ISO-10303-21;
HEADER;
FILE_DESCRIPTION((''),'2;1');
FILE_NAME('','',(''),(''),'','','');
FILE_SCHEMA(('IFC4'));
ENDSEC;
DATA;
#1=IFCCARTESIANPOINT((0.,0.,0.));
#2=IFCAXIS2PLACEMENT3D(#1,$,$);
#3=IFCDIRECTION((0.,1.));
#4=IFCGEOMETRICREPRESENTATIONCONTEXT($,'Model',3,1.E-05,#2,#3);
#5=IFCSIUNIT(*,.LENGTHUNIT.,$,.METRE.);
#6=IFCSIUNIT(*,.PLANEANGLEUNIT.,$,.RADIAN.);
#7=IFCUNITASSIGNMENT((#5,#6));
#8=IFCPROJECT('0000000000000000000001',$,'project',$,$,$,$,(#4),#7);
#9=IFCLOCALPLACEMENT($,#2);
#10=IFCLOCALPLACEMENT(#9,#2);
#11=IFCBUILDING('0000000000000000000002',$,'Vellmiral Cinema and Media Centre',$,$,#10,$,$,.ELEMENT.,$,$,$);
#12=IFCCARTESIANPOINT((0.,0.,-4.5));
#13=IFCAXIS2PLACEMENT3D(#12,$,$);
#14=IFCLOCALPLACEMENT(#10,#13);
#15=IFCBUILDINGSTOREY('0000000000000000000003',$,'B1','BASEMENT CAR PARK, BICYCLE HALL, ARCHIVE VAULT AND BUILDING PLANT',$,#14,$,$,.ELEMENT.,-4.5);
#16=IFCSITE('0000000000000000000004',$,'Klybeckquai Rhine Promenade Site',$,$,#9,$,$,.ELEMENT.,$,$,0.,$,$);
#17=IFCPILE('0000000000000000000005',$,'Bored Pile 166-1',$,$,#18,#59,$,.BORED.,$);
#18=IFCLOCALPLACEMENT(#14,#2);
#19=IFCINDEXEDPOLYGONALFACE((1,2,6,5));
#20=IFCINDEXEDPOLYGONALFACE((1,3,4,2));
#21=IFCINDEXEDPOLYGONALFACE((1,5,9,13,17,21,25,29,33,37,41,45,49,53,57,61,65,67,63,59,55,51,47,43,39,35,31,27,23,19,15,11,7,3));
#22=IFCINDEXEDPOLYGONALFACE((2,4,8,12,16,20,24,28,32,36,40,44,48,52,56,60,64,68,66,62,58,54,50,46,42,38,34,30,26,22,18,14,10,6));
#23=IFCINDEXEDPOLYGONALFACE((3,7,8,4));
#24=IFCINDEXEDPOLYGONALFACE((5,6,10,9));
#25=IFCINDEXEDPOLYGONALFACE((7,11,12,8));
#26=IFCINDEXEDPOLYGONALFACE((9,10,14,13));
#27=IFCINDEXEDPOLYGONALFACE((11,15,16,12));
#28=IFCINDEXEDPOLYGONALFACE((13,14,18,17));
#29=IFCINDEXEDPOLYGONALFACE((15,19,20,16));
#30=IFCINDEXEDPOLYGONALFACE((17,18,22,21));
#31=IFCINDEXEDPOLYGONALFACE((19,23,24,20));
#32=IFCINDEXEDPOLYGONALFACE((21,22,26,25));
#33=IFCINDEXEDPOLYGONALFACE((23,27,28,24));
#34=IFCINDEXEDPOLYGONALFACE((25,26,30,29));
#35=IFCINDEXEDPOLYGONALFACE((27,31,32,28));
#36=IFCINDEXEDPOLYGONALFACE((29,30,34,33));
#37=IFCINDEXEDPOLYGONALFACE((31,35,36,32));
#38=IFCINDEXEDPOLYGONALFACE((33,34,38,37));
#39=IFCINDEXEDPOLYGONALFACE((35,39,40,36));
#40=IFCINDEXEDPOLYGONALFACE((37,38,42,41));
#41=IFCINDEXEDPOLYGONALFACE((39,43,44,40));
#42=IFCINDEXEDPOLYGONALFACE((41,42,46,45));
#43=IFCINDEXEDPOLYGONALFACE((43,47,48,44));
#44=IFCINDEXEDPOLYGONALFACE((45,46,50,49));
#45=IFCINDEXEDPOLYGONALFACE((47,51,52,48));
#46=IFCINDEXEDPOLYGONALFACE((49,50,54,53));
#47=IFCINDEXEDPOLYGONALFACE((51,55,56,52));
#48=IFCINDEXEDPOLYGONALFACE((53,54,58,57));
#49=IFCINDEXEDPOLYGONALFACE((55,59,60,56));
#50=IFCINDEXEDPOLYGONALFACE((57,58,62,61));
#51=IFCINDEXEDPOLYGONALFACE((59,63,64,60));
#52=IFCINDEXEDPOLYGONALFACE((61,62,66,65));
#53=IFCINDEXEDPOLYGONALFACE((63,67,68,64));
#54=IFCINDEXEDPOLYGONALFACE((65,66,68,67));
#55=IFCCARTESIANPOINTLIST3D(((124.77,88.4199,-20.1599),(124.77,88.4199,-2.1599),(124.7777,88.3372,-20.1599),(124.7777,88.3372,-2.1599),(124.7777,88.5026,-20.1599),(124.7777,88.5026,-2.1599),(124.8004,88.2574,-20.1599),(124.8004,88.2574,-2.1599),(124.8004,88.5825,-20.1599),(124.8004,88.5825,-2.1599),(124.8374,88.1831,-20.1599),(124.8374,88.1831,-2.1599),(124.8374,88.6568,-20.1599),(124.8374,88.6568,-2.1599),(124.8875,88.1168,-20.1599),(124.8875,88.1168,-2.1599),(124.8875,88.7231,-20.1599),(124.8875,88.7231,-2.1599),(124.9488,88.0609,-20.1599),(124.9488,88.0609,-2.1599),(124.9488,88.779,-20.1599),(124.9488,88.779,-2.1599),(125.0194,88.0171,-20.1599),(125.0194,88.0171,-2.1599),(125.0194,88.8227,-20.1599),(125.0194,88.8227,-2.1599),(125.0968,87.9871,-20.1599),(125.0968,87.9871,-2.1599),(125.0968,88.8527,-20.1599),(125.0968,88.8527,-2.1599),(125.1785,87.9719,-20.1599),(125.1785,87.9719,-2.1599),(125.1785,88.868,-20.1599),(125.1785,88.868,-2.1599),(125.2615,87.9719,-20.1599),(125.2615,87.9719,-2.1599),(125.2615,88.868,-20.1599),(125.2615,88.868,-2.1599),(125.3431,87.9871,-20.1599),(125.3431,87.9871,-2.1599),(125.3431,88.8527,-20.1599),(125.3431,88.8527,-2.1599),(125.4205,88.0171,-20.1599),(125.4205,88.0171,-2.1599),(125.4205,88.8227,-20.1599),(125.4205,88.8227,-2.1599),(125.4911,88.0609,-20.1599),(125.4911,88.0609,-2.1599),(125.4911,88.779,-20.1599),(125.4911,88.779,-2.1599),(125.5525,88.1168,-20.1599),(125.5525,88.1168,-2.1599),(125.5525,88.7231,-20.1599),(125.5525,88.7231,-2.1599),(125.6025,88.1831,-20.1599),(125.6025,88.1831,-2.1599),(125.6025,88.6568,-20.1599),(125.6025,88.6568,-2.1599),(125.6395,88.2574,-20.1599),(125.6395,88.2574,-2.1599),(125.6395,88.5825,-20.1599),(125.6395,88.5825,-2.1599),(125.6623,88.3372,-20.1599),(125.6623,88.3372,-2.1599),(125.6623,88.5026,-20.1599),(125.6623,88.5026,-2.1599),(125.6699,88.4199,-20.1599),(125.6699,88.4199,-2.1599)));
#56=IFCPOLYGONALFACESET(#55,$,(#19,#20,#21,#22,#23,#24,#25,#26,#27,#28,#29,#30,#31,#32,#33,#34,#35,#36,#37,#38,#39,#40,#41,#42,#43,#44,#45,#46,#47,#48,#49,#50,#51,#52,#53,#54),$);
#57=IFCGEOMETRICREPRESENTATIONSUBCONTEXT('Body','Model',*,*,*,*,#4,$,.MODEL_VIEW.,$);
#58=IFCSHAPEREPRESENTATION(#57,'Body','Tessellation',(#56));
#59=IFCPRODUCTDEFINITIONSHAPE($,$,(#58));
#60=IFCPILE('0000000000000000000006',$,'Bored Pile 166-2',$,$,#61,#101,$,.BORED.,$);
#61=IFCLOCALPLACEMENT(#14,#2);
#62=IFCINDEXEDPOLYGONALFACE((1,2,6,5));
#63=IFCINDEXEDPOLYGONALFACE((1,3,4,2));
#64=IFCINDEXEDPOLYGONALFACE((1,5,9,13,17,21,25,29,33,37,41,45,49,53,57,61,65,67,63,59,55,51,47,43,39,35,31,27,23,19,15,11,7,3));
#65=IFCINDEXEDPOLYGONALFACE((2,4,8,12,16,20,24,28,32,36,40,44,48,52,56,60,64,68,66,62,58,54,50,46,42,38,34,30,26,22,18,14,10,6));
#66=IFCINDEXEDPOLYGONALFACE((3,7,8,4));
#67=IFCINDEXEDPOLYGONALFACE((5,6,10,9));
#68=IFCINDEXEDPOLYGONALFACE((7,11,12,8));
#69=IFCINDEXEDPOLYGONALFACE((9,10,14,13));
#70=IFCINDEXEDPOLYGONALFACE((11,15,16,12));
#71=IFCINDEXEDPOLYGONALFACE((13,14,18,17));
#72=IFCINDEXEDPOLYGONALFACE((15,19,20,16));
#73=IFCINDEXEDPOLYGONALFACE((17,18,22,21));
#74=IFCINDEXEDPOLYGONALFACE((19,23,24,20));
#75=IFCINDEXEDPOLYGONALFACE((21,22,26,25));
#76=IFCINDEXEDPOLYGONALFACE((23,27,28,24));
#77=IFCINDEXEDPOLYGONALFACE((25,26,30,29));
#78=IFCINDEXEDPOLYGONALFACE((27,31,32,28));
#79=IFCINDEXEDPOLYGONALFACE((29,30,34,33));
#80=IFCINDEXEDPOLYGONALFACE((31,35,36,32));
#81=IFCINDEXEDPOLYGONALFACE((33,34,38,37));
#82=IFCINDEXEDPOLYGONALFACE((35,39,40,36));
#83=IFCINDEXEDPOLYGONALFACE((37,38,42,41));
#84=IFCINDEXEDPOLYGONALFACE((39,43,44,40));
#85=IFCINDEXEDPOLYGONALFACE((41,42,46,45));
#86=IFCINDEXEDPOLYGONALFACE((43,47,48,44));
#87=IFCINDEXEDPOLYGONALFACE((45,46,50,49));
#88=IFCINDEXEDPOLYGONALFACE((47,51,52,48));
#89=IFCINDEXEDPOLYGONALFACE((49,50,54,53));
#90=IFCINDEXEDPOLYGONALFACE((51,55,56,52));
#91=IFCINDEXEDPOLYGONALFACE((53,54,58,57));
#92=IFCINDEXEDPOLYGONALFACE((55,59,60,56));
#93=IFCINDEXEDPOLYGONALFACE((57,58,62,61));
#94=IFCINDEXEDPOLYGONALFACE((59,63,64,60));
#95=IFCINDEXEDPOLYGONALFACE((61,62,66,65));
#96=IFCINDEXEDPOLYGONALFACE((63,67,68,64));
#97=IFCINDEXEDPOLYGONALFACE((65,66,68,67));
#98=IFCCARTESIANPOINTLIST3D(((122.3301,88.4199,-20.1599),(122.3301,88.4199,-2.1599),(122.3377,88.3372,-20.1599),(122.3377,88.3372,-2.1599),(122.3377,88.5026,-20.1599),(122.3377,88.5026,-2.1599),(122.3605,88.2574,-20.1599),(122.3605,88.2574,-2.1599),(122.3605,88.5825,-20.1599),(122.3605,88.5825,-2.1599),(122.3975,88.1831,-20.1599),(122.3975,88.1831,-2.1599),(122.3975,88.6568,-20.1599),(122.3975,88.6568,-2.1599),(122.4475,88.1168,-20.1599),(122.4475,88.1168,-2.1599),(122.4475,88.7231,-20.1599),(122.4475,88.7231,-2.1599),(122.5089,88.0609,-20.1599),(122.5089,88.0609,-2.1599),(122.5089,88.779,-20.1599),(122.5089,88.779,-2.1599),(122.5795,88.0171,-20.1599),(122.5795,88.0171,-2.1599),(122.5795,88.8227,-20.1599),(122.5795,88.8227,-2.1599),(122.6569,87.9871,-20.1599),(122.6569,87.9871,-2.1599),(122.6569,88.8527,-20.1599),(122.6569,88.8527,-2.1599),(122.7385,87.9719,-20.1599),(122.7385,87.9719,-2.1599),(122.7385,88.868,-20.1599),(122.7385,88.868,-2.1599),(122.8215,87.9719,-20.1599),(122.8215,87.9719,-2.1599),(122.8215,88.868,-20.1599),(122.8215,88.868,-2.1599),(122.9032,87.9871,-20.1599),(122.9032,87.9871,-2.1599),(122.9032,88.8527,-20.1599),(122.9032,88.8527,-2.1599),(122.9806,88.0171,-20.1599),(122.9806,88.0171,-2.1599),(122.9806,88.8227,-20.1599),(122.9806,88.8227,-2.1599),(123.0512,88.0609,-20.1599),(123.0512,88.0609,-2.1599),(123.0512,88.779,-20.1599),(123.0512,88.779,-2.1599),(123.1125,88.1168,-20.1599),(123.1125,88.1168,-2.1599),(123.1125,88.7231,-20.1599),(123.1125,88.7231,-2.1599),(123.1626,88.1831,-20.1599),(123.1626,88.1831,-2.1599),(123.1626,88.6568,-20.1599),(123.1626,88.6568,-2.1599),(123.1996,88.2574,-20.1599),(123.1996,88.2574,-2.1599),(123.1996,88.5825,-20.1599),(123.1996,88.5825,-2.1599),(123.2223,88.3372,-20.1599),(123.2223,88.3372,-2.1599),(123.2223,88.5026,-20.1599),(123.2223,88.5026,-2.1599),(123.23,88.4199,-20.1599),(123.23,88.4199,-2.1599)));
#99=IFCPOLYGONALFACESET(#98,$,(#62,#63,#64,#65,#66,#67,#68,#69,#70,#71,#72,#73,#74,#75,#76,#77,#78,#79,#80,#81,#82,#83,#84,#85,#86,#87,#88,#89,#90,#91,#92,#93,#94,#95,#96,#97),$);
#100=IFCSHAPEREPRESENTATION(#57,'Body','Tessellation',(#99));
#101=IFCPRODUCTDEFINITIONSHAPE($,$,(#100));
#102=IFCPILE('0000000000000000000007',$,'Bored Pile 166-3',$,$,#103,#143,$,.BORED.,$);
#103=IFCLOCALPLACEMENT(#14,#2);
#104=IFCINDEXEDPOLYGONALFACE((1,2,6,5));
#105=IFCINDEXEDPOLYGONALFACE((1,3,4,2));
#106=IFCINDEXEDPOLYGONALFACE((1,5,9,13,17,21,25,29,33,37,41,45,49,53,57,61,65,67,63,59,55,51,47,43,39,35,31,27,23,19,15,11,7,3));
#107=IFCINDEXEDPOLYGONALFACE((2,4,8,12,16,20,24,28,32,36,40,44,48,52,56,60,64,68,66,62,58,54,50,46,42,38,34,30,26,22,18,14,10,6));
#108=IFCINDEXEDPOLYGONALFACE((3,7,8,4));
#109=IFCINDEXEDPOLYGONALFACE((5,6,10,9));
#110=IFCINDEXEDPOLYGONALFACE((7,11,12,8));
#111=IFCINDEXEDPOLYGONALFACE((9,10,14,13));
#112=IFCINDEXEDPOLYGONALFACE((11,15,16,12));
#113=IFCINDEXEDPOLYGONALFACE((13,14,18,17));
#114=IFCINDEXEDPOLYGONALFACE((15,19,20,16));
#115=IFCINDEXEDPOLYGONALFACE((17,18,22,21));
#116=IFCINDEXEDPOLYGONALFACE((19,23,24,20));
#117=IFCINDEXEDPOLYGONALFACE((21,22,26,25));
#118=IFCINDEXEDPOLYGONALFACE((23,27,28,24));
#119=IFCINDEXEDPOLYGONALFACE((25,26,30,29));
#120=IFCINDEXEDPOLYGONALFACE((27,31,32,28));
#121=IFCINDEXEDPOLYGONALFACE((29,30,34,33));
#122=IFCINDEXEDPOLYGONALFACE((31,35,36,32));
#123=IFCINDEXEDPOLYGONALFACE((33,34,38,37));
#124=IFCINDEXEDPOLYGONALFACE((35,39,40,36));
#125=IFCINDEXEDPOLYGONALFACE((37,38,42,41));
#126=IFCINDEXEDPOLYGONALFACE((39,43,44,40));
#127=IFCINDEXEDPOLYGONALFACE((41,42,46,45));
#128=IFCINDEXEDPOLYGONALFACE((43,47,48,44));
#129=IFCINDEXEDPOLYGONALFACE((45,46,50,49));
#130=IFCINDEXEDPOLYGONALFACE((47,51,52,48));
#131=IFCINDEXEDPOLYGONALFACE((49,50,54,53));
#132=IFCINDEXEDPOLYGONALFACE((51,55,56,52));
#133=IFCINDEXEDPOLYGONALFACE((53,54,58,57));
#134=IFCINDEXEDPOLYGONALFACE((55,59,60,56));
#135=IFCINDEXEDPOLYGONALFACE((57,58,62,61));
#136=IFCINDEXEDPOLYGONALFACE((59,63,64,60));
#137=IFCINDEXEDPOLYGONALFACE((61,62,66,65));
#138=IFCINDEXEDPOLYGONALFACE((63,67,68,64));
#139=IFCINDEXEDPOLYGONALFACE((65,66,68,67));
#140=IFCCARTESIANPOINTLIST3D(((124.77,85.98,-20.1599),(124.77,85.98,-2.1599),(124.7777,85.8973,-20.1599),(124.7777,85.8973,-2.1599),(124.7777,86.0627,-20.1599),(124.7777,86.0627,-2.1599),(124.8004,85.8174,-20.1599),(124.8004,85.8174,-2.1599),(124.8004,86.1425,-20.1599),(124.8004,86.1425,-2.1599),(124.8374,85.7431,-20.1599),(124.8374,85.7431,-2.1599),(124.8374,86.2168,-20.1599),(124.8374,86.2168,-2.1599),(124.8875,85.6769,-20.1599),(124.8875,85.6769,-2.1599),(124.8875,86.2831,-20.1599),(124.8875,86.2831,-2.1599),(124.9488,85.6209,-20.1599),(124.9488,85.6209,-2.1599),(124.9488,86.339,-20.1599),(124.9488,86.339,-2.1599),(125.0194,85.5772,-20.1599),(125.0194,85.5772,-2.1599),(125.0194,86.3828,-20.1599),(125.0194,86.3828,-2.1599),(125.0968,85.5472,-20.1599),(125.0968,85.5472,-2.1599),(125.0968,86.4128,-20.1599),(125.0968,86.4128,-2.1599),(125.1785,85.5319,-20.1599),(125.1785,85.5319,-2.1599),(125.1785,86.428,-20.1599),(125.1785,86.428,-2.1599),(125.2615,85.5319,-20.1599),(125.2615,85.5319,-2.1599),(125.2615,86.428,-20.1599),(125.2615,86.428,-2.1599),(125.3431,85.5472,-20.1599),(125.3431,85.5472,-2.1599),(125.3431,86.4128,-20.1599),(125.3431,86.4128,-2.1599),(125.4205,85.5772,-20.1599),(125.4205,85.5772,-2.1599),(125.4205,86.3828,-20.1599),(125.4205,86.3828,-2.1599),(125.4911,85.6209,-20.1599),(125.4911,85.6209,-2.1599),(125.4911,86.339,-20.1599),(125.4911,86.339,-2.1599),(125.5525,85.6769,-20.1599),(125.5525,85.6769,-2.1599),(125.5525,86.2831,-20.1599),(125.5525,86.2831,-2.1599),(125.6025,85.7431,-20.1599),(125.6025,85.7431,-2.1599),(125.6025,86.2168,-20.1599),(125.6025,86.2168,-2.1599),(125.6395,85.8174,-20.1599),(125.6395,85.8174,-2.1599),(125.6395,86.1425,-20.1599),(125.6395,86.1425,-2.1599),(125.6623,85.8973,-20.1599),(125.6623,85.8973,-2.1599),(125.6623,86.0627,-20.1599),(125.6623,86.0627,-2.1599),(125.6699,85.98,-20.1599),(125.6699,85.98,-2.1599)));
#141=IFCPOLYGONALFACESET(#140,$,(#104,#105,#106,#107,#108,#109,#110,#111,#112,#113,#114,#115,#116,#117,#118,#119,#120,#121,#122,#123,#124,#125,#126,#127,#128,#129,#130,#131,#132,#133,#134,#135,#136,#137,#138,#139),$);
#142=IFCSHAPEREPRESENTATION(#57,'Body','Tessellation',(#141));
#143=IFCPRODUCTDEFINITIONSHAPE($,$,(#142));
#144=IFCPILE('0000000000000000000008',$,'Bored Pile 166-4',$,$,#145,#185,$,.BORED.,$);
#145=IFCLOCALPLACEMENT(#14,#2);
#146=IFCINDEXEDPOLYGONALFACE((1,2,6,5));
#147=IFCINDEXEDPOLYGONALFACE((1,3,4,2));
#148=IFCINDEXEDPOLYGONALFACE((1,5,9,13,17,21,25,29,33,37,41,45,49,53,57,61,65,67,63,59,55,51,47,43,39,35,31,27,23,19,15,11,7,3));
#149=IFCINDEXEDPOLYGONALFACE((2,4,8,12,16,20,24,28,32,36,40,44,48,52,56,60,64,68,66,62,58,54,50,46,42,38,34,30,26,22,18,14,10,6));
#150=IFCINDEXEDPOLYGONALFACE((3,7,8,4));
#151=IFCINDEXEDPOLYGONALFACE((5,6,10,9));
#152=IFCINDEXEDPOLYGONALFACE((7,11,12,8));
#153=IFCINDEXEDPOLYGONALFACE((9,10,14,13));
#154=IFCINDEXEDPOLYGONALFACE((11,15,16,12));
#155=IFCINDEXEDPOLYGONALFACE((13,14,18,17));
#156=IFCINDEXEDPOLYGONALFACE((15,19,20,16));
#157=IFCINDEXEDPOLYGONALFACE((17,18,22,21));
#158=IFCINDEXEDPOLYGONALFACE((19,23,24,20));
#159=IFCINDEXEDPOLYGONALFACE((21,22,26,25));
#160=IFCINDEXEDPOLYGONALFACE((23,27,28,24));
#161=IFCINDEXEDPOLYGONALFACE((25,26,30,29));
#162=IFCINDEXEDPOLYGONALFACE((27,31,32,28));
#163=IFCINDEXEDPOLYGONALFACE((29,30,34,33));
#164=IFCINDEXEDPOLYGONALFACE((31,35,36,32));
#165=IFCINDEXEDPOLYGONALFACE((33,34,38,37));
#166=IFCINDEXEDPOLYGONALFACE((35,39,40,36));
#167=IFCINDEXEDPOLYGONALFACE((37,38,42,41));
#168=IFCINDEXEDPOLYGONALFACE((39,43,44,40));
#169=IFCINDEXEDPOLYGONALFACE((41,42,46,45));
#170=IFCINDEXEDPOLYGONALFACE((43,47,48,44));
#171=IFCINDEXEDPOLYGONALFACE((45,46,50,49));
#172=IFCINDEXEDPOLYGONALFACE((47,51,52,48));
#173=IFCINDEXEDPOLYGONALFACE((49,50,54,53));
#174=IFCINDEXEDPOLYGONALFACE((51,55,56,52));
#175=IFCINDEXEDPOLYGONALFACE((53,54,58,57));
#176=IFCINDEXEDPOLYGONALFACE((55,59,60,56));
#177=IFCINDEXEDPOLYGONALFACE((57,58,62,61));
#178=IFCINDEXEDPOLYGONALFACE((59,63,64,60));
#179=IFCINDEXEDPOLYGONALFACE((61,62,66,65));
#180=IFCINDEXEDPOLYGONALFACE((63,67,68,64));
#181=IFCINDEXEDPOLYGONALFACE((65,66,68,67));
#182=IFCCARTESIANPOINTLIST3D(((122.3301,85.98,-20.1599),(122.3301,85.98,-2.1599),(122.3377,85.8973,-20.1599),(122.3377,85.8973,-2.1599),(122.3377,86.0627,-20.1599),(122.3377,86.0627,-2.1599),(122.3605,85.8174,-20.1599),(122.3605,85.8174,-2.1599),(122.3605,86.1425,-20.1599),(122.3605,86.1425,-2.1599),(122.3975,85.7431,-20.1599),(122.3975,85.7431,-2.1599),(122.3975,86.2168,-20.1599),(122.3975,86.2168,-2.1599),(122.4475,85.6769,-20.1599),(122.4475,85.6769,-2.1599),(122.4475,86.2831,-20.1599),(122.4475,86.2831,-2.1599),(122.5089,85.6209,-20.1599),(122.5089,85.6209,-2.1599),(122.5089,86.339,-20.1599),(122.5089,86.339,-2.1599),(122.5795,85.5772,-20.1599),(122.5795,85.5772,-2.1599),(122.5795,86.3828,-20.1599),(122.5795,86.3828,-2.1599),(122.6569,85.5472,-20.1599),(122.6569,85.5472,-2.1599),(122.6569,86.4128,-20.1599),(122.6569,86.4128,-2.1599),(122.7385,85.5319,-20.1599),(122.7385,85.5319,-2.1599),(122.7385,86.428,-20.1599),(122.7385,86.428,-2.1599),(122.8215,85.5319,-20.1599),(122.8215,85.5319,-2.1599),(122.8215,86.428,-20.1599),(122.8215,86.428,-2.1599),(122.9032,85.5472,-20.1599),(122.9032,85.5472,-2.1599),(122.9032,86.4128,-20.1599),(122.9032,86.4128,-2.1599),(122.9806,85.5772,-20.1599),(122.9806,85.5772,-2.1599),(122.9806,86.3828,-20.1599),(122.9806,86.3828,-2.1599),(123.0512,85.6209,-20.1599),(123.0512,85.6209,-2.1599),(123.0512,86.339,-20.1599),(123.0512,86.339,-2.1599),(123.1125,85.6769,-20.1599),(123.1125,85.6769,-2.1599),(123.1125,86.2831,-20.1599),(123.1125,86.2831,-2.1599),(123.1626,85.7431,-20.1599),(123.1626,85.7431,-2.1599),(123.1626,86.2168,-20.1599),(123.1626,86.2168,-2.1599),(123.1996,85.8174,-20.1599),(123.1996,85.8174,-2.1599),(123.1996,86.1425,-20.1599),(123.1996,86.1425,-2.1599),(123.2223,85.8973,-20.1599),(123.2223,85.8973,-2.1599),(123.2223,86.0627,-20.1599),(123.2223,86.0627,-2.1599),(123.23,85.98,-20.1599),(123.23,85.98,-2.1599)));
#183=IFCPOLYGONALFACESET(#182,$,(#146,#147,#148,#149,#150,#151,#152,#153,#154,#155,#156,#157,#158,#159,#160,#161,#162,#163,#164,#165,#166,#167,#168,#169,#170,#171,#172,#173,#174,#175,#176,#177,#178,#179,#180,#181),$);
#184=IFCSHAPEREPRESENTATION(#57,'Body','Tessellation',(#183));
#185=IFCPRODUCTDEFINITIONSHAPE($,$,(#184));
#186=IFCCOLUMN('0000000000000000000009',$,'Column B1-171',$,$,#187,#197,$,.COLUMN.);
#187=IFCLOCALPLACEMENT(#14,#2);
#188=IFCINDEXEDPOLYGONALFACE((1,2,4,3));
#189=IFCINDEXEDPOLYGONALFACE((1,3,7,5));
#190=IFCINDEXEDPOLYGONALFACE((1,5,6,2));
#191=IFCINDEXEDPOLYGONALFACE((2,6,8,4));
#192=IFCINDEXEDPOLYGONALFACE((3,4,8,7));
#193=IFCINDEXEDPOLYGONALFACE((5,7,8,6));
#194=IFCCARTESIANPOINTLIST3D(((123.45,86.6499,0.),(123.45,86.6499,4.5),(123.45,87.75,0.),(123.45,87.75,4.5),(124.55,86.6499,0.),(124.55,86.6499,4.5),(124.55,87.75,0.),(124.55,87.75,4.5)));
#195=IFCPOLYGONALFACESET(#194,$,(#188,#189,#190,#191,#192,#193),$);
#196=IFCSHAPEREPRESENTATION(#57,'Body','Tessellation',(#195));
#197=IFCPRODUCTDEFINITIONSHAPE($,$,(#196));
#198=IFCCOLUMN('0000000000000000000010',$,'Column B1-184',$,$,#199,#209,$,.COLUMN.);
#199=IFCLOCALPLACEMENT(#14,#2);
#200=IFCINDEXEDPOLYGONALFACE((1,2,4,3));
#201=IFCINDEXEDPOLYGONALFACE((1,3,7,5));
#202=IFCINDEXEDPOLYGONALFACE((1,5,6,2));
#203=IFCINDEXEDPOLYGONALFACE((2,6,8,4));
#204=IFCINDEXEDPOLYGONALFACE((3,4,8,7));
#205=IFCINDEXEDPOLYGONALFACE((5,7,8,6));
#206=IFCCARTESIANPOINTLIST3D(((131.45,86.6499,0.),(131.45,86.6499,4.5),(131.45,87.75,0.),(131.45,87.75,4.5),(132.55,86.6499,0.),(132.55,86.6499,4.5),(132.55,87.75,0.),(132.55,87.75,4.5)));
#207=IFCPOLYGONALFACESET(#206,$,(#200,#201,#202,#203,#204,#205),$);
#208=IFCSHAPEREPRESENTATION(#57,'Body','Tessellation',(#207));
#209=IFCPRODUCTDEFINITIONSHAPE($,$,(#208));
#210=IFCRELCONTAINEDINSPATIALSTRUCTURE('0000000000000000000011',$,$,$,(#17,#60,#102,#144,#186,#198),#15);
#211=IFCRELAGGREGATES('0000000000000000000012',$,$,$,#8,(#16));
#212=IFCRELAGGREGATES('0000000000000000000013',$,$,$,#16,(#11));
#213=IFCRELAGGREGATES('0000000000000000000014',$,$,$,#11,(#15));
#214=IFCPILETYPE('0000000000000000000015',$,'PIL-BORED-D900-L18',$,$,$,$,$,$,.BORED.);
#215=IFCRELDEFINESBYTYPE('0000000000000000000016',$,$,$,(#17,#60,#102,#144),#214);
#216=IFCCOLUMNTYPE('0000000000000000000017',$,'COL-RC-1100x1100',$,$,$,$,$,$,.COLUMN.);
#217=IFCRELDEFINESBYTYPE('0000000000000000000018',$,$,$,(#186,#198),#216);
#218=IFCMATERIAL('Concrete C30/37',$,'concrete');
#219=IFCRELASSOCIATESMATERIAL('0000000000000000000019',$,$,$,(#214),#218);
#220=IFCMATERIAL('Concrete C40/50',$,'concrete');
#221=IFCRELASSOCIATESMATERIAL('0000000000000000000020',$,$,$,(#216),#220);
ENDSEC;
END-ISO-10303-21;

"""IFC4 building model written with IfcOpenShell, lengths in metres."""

from ifc_helpers import new_model, si_unit, direction, frame, origin, origin_2d, place, context, subcontext, project, spatial, rectangle, circle, extrude, material, material_profile, profile_set, type_object, element, save


model = new_model("IFC4")

# Units and contexts
model_context = context("Model", 3, precision=1e-05, world=origin(), true_north=direction((0.0, 1.0)))
body_context = subcontext(model_context, "Body", "Model", "MODEL_VIEW")
ifc_project = project(units=[si_unit("LENGTHUNIT", "METRE"), si_unit("PLANEANGLEUNIT", "RADIAN")], contexts=[model_context])

# Site, building, storey
site_placement = place(None, origin())
site = spatial("IfcSite", under=ifc_project, at=site_placement, Name="Klybeckquai Rhine Promenade Site", CompositionType="ELEMENT", RefElevation=0.0)
building_placement = place(site_placement, origin())
building = spatial("IfcBuilding", under=site, at=building_placement, Name="Vellmiral Cinema and Media Centre", CompositionType="ELEMENT")
storey_placement = place(building_placement, frame((0.0, 0.0, -4.5)))
storey = spatial("IfcBuildingStorey", under=building, at=storey_placement, Name="B1", Description="BASEMENT CAR PARK, BICYCLE HALL, ARCHIVE VAULT AND BUILDING PLANT", CompositionType="ELEMENT", Elevation=-4.5)

# Piles
ifc_material_1 = material(Name="Concrete C30/37", Category="concrete")
ifc_material_profile_1 = material_profile(ifc_material_1, circle(Radius=0.45, at=origin_2d()), Name="PILE D900")
ifc_profile_set_1 = profile_set([ifc_material_profile_1], Name="Concrete C30/37")
pile_type_1 = type_object("IfcPileType", Name="PIL-BORED-D900-L18", PredefinedType="BORED", material=ifc_profile_set_1)
for number, where, z_axis, x_axis, name in (
    (1, (125.22, 88.4199, -2.1599), (0.0, 0.0, -1.0), (1.0, 0.0, 0.0), "Bored Pile 166-1"),
    (2, (122.78, 88.4199, -2.1599), (0.0, 0.0, -1.0), (1.0, 0.0, 0.0), "Bored Pile 166-2"),
    (3, (125.22, 85.98, -2.1599), (0.0, 0.0, -1.0), (1.0, 0.0, 0.0), "Bored Pile 166-3"),
    (4, (122.78, 85.98, -2.1599), (0.0, 0.0, -1.0), (1.0, 0.0, 0.0), "Bored Pile 166-4"),
):
    element("IfcPile", number, at=place(storey_placement, frame(where, z_axis=z_axis, x_axis=x_axis)), inside=storey, type_object=pile_type_1, Name=name, PredefinedType="BORED", context=body_context, shape_type="SweptSolid", body=[
        extrude(circle(Radius=0.45, at=origin_2d()), origin(), (0.0, 0.0, 1.0), 18.0),
    ])

# Columns
ifc_material_2 = material(Name="Concrete C40/50", Category="concrete")
ifc_material_profile_2 = material_profile(ifc_material_2, rectangle(XDim=1.1001, YDim=1.1001, at=origin_2d()), Name="RC 1100x1100")
ifc_profile_set_2 = profile_set([ifc_material_profile_2], Name="Concrete C40/50")
column_type = type_object("IfcColumnType", Name="COL-RC-1100x1100", PredefinedType="COLUMN", material=ifc_profile_set_2)
for number, where, z_axis, x_axis, name in (
    (5, (124.0, 87.2, 0.0), (0.0, 0.0, 1.0), (1.0, 0.0, 0.0), "Column B1-171"),
    (6, (132.0, 87.2, 0.0), (0.0, 0.0, 1.0), (1.0, 0.0, 0.0), "Column B1-184"),
):
    element("IfcColumn", number, at=place(storey_placement, frame(where, z_axis=z_axis, x_axis=x_axis)), inside=storey, type_object=column_type, Name=name, PredefinedType="COLUMN", context=body_context, shape_type="SweptSolid", body=[
        extrude(rectangle(XDim=1.1001, YDim=1.1001, at=origin_2d()), origin(), (0.0, 0.0, 1.0), 4.5),
    ])

save(model, "model.ifc")
